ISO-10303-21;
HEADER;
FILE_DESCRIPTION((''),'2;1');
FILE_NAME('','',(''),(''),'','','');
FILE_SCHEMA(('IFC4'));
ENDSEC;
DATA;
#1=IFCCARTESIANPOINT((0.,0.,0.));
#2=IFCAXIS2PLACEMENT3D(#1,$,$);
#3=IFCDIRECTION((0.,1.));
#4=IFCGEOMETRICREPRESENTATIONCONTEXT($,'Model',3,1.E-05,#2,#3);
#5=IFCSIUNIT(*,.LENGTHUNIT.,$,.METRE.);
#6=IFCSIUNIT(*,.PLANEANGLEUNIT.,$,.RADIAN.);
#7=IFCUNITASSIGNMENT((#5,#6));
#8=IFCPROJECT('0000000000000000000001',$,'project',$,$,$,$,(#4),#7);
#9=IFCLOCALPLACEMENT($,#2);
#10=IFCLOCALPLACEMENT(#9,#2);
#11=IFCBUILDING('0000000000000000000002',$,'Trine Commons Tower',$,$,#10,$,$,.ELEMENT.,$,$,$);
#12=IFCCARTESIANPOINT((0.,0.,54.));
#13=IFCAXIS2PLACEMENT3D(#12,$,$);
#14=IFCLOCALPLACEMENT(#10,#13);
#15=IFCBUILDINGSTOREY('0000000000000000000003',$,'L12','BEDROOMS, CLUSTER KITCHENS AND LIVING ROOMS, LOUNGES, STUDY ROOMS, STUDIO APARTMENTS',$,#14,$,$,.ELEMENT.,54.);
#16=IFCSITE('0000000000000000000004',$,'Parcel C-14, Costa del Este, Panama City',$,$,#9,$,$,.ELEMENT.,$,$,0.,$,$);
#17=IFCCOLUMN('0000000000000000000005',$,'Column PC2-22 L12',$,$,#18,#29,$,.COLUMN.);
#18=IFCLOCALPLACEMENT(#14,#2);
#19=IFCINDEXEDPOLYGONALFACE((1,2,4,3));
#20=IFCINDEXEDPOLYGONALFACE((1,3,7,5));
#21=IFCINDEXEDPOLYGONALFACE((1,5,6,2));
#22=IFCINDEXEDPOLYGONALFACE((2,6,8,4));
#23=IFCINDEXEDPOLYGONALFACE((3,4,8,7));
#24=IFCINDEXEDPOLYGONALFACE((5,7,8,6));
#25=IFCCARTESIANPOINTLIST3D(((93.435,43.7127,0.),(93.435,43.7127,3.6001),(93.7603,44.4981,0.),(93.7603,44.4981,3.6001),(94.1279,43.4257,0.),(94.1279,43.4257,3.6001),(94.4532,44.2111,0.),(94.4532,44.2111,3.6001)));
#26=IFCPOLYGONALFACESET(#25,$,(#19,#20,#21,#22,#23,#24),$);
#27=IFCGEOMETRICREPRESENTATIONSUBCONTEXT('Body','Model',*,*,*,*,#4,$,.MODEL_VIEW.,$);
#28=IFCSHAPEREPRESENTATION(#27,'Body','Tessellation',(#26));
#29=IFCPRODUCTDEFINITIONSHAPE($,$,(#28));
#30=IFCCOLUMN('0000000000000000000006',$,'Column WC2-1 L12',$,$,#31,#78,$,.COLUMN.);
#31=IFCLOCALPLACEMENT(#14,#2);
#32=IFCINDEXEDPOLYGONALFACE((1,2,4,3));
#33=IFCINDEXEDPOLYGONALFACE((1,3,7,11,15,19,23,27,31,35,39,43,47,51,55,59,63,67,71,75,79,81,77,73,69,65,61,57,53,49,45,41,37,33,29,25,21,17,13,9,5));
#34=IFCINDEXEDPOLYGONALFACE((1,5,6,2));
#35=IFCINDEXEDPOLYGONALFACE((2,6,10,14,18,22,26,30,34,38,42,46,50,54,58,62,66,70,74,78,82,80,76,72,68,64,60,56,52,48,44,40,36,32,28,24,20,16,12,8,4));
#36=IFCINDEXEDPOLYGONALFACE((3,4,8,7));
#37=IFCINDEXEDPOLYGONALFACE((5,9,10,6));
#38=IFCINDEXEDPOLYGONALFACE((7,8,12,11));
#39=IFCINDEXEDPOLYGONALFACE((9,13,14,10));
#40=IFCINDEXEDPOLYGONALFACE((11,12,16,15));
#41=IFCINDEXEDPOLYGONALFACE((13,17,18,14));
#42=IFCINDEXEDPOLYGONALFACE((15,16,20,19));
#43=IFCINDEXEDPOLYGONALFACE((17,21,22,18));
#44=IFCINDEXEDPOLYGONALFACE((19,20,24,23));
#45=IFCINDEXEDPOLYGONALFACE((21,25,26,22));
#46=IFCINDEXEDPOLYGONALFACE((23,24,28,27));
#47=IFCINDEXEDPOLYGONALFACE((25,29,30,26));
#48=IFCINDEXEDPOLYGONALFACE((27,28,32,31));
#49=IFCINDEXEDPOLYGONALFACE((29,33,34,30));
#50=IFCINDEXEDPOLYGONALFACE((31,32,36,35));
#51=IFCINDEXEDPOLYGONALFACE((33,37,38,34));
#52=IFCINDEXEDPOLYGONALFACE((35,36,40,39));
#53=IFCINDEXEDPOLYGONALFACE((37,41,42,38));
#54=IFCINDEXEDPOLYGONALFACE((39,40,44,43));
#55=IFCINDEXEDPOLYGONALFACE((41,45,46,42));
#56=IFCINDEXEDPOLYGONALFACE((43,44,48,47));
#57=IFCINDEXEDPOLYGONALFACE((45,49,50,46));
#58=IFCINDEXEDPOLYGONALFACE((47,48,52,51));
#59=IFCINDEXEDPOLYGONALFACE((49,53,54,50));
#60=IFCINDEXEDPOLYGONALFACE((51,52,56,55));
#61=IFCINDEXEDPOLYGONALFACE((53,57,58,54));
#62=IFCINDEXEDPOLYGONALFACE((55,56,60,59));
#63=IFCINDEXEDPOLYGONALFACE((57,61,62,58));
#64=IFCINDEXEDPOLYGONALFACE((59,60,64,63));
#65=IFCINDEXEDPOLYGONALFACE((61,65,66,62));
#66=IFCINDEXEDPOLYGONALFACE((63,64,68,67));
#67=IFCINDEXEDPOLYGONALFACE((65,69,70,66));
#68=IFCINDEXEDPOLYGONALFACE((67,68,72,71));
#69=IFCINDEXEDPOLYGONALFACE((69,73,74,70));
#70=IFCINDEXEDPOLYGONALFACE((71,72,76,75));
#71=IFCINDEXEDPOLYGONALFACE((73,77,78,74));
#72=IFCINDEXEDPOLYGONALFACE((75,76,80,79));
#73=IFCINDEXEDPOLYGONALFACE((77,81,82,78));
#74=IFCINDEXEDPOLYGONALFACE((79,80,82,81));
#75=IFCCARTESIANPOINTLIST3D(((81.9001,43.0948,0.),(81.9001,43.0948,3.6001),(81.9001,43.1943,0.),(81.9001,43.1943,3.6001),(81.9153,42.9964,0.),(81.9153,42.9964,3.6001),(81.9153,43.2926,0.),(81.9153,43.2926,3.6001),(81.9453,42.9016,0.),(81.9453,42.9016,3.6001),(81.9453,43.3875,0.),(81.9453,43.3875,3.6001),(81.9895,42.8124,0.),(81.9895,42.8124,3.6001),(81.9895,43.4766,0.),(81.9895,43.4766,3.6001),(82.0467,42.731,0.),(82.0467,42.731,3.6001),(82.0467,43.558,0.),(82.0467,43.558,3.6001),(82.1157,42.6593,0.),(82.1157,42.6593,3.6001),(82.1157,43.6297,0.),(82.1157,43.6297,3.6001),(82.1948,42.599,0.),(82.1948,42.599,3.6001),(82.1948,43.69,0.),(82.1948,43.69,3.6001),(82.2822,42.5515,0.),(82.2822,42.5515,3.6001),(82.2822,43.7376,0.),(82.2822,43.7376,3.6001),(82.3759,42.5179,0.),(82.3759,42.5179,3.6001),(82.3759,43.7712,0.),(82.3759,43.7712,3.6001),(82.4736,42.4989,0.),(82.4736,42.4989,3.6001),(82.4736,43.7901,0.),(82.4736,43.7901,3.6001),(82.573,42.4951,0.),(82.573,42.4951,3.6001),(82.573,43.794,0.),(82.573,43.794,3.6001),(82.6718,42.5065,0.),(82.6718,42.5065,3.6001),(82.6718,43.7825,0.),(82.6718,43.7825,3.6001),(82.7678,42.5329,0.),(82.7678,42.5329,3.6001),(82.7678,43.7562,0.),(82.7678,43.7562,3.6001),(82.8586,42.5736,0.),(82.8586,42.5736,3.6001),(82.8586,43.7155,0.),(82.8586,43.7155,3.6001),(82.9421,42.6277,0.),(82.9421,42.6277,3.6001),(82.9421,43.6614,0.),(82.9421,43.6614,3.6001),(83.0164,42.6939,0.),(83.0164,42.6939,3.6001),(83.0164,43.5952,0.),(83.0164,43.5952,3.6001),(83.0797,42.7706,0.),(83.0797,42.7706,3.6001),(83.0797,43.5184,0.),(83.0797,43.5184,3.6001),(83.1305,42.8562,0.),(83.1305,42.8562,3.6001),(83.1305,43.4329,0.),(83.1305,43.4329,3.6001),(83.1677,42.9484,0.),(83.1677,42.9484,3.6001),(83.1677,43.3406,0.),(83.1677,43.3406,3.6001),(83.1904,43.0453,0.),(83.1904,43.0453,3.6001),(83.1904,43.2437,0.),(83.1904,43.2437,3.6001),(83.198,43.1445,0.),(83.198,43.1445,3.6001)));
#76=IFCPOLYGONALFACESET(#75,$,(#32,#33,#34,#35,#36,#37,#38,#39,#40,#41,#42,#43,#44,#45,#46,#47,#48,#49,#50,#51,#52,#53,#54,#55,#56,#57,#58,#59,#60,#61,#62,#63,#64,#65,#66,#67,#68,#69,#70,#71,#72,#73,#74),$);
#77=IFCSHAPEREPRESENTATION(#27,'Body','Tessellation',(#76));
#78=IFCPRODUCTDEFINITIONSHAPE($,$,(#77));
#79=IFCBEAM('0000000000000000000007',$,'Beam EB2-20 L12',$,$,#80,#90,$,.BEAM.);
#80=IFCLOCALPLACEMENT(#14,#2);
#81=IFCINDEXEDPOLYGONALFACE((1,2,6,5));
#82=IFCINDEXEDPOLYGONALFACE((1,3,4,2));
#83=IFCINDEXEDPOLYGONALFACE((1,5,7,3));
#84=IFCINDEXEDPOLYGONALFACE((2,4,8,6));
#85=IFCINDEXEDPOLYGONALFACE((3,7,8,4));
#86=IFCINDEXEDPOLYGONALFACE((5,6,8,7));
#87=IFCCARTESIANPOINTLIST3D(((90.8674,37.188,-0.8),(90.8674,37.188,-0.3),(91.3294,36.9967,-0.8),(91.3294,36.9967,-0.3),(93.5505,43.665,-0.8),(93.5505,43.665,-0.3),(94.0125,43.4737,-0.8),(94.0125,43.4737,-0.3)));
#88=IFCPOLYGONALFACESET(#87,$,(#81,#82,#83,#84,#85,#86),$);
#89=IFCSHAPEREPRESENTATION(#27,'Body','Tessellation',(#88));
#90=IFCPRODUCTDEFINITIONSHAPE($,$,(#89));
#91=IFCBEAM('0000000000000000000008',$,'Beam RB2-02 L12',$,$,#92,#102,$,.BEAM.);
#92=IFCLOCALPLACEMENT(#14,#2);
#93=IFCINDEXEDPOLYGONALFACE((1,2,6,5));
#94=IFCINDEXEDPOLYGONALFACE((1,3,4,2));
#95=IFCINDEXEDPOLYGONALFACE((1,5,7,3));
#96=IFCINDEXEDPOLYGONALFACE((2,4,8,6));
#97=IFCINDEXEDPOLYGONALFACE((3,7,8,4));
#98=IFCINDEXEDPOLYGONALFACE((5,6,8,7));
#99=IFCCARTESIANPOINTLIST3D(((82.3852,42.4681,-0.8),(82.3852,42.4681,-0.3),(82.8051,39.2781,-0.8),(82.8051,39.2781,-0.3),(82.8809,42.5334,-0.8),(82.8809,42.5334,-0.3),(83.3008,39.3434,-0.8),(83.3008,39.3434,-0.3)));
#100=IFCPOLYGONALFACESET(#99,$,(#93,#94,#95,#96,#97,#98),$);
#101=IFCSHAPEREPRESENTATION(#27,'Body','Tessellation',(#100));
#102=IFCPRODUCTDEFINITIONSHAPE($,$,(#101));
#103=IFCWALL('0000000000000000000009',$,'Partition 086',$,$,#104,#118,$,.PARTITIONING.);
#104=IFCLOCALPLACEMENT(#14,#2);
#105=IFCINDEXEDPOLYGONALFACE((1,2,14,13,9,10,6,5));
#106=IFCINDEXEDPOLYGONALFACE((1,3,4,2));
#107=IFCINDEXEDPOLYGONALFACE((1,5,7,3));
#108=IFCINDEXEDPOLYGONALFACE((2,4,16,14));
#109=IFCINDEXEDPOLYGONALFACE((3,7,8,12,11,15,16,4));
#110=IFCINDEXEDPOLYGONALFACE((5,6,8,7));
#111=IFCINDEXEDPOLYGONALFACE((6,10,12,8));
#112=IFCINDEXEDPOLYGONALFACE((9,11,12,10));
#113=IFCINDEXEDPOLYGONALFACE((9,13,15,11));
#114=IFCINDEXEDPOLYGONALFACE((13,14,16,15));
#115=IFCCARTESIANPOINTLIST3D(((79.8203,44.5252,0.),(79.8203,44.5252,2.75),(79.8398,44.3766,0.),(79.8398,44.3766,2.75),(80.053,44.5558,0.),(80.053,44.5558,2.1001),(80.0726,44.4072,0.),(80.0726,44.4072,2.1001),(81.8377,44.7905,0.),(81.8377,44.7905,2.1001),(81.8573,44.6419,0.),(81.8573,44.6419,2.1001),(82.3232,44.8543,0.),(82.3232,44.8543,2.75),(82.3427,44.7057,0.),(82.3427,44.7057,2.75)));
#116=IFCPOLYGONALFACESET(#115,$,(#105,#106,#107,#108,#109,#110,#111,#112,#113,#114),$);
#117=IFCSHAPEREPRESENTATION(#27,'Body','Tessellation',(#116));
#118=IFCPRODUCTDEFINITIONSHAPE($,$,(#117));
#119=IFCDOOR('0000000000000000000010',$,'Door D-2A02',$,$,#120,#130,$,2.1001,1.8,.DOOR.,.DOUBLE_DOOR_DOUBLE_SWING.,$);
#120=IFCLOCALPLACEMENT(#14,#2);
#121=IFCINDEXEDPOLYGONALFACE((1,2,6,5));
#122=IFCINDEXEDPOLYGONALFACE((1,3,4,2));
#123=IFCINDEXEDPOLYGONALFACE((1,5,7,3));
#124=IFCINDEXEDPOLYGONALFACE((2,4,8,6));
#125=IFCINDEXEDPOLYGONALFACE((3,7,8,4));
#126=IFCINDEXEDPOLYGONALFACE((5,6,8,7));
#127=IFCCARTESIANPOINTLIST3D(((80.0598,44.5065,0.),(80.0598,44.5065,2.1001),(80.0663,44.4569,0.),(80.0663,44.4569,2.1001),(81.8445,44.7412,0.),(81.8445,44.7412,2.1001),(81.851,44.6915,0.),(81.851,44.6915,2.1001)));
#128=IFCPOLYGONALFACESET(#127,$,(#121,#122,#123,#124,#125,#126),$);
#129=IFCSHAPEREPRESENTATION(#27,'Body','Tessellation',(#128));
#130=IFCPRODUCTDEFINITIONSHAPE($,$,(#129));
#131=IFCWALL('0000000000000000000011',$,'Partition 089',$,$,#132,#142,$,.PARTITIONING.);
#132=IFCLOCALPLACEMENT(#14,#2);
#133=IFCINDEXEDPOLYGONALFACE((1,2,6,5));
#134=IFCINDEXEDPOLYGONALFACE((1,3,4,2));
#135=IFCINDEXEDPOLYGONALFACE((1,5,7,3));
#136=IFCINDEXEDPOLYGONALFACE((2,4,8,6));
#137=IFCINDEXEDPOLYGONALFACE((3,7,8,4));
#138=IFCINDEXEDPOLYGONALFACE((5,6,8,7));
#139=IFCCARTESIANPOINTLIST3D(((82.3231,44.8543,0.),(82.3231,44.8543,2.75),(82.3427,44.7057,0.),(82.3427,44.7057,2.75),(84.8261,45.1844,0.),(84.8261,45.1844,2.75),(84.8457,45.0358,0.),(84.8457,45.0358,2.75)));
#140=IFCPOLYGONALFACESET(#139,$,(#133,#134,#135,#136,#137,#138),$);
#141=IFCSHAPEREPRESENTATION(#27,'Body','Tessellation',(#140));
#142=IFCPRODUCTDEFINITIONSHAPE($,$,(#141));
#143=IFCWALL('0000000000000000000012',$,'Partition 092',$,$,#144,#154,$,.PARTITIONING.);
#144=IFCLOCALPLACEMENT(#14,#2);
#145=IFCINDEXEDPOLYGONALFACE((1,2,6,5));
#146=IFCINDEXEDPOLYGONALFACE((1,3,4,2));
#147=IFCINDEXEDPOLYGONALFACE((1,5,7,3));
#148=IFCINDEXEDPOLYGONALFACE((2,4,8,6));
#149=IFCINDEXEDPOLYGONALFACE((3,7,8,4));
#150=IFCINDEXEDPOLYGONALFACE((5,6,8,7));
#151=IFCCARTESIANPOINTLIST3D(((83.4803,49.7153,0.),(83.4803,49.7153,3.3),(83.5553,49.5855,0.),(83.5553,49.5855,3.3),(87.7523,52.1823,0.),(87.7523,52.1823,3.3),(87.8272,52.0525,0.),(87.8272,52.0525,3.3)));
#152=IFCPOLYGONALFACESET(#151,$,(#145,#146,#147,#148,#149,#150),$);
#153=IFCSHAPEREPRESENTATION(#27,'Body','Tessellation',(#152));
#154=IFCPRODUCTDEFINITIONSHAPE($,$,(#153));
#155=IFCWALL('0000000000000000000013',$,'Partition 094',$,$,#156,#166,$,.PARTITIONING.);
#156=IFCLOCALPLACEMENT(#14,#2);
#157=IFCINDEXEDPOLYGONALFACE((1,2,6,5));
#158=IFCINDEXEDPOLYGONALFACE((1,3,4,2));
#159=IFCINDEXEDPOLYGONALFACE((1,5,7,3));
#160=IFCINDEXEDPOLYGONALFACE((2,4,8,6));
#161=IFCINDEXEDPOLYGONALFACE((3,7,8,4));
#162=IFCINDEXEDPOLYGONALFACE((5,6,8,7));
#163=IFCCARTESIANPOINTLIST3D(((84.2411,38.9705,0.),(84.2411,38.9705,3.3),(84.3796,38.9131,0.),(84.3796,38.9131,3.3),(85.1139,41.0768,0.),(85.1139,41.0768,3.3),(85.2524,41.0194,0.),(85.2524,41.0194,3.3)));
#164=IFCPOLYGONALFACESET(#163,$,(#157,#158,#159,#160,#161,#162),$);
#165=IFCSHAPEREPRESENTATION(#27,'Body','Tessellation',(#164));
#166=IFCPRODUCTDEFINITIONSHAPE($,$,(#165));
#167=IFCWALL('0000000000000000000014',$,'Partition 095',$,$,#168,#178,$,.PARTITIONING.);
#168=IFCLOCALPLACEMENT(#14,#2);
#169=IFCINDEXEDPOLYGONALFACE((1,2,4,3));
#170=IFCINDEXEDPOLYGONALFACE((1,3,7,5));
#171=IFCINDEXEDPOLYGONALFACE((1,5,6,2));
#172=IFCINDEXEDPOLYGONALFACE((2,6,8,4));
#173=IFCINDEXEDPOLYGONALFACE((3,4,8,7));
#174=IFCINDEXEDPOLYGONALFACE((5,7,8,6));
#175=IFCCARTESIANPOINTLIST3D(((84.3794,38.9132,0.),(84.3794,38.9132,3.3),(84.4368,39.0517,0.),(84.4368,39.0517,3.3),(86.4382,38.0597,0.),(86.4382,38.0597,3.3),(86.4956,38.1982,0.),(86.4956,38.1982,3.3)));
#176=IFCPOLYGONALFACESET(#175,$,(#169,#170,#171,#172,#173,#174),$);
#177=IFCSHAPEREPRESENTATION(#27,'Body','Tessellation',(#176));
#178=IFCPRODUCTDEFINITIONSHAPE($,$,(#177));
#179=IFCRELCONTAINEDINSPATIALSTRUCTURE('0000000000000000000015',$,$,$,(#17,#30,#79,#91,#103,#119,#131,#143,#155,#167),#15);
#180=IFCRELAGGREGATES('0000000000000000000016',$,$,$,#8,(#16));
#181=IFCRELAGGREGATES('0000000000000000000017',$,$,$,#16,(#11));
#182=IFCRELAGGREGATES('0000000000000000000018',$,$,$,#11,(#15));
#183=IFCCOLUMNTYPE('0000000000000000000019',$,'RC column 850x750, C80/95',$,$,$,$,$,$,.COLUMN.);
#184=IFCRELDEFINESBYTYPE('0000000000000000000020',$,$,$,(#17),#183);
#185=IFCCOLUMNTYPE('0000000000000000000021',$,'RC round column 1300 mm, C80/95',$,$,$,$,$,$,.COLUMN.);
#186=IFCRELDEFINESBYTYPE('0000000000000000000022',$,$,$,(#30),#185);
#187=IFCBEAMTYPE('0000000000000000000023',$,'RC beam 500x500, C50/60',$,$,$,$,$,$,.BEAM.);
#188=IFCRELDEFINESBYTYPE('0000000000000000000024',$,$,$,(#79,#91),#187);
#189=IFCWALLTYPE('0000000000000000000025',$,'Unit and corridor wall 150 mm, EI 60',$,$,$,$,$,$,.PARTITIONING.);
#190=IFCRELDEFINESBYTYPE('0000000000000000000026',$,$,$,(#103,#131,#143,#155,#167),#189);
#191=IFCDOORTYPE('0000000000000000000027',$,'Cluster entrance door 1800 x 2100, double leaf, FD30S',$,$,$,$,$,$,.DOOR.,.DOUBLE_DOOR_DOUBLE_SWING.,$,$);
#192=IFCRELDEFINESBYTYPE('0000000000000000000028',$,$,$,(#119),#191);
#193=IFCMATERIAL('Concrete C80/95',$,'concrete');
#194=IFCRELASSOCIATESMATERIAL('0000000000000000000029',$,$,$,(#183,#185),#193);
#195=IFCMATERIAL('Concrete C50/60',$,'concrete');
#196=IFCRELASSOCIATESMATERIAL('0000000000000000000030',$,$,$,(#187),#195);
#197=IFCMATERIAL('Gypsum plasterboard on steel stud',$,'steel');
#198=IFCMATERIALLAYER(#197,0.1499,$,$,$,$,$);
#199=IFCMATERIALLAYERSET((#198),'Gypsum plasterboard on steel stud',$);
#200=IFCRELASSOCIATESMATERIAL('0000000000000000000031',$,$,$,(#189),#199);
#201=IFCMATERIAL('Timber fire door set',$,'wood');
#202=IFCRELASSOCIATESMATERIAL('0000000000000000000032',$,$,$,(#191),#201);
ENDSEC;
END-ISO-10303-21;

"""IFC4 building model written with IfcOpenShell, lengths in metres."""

from ifc_helpers import new_model, si_unit, direction, frame, frame_2d, origin, origin_2d, place, context, subcontext, project, spatial, rectangle, circle, extrude, material, layer, layer_set, material_profile, profile_set, type_object, element, fill, save


model = new_model("IFC4")

# Units and contexts
model_context = context("Model", 3, precision=1e-05, world=origin(), true_north=direction((0.0, 1.0)))
body_context = subcontext(model_context, "Body", "Model", "MODEL_VIEW")
ifc_project = project(units=[si_unit("LENGTHUNIT", "METRE"), si_unit("PLANEANGLEUNIT", "RADIAN")], contexts=[model_context])

# Site, building, storey
site_placement = place(None, origin())
site = spatial("IfcSite", under=ifc_project, at=site_placement, Name="Parcel C-14, Costa del Este, Panama City", CompositionType="ELEMENT", RefElevation=0.0)
building_placement = place(site_placement, origin())
building = spatial("IfcBuilding", under=site, at=building_placement, Name="Trine Commons Tower", CompositionType="ELEMENT")
storey_placement = place(building_placement, frame((0.0, 0.0, 54.0)))
storey = spatial("IfcBuildingStorey", under=building, at=storey_placement, Name="L12", Description="BEDROOMS, CLUSTER KITCHENS AND LIVING ROOMS, LOUNGES, STUDY ROOMS, STUDIO APARTMENTS", CompositionType="ELEMENT", Elevation=54.0)

# Columns
ifc_material_1 = material(Name="Concrete C80/95", Category="concrete")
ifc_material_profile_1 = material_profile(ifc_material_1, rectangle(XDim=0.8501, YDim=0.75, at=origin_2d()), Name="RC 850x750")
ifc_profile_set_1 = profile_set([ifc_material_profile_1], Name="Concrete C80/95")
column_type_1 = type_object("IfcColumnType", Name="RC column 850x750, C80/95", PredefinedType="COLUMN", material=ifc_profile_set_1)
column_1_placement = place(storey_placement, frame((93.9441, 43.9619, 0.0), z_axis=(0.0, 0.0, 1.0), x_axis=(0.382683, 0.92388, 0.0)))
element("IfcColumn", 1, at=column_1_placement, inside=storey, type_object=column_type_1, Name="Column PC2-22 L12", PredefinedType="COLUMN", context=body_context, shape_type="SweptSolid", body=[
    extrude(rectangle(XDim=0.8501, YDim=0.75, at=origin_2d()), origin(), (0.0, 0.0, 1.0), 3.6001),
])
ifc_material_profile_2 = material_profile(ifc_material_1, circle(Radius=0.6499, at=origin_2d()), Name="RC round 1300")
ifc_profile_set_2 = profile_set([ifc_material_profile_2], Name="Concrete C80/95")
column_type_2 = type_object("IfcColumnType", Name="RC round column 1300 mm, C80/95", PredefinedType="COLUMN", material=ifc_profile_set_2)
column_2_placement = place(storey_placement, frame((82.5481, 43.1445, 0.0), z_axis=(0.0, 0.0, 1.0), x_axis=(1.0, 0.0, 0.0)))
element("IfcColumn", 2, at=column_2_placement, inside=storey, type_object=column_type_2, Name="Column WC2-1 L12", PredefinedType="COLUMN", context=body_context, shape_type="SweptSolid", body=[
    extrude(circle(Radius=0.6499, at=origin_2d()), origin(), (0.0, 0.0, 1.0), 3.6001),
])

# Beams
ifc_material_2 = material(Name="Concrete C50/60", Category="concrete")
ifc_material_profile_3 = material_profile(ifc_material_2, rectangle(XDim=0.5, YDim=0.5, at=origin_2d()), Name="RC 500x500")
ifc_profile_set_3 = profile_set([ifc_material_profile_3], Name="Concrete C50/60")
beam_type = type_object("IfcBeamType", Name="RC beam 500x500, C50/60", PredefinedType="BEAM", material=ifc_profile_set_3)
beam_1_placement = place(storey_placement, frame((93.7815, 43.5693, -0.55), z_axis=(-0.382711, -0.923868, 0.0), x_axis=(0.923868, -0.382711, 0.0)))
element("IfcBeam", 3, at=beam_1_placement, inside=storey, type_object=beam_type, Name="Beam EB2-20 L12", PredefinedType="BEAM", context=body_context, shape_type="SweptSolid", body=[
    extrude(rectangle(XDim=0.5, YDim=0.5, at=origin_2d()), origin(), (0.0, 0.0, 1.0), 7.0107),
])
beam_2_placement = place(storey_placement, frame((82.6331, 42.5007, -0.55), z_axis=(0.130513, -0.991447, 0.0), x_axis=(0.991447, 0.130513, 0.0)))
element("IfcBeam", 4, at=beam_2_placement, inside=storey, type_object=beam_type, Name="Beam RB2-02 L12", PredefinedType="BEAM", context=body_context, shape_type="SweptSolid", body=[
    extrude(rectangle(XDim=0.5, YDim=0.5, at=origin_2d()), origin(), (0.0, 0.0, 1.0), 3.2175),
])

# Wall, opening, door
ifc_material_3 = material(Name="Gypsum plasterboard on steel stud", Category="steel")
ifc_layer_1 = layer(ifc_material_3, 0.1499)
ifc_layer_set_1 = layer_set([ifc_layer_1], Name="Gypsum plasterboard on steel stud")
wall_type_1 = type_object("IfcWallType", Name="Unit and corridor wall 150 mm, EI 60", PredefinedType="PARTITIONING", material=ifc_layer_set_1)
wall_1_placement = place(storey_placement, frame((79.8301, 44.4509, 0.0), z_axis=(0.0, 0.0, 1.0), x_axis=(0.991466, 0.130364, 0.0)))
wall_1 = element("IfcWall", 5, at=wall_1_placement, inside=storey, type_object=wall_type_1, Name="Partition 086", PredefinedType="PARTITIONING", context=body_context, shape_type="SweptSolid", body=[
    extrude(rectangle(XDim=2.5244, YDim=0.1499, at=frame_2d((1.2622, 0.0))), origin(), (0.0, 0.0, 1.0), 2.75),
])
opening_1_placement = place(wall_1_placement, frame((0.2349, 0.0, 0.0)))
opening_1 = element("IfcOpeningElement", 6, at=opening_1_placement, cuts=wall_1, PredefinedType="OPENING", context=body_context, shape_type="SweptSolid", body=[
    extrude(rectangle(XDim=1.8, YDim=2.1001, at=frame_2d((0.8999, 1.05))), frame((0.0, 0.085, 0.0), z_axis=(0.0, -1.0, 0.0), x_axis=(1.0, 0.0, 0.0)), (0.0, 0.0, 1.0), 0.1699),
])
ifc_material_4 = material(Name="Timber fire door set", Category="wood")
door_type_1 = type_object("IfcDoorType", Name="Cluster entrance door 1800 x 2100, double leaf, FD30S", OperationType="DOUBLE_DOOR_DOUBLE_SWING", PredefinedType="DOOR", material=ifc_material_4)
door_1_placement = place(opening_1_placement, frame((1.8, 0.0, 0.0), z_axis=(0.0, 0.0, 1.0), x_axis=(-1.0, 0.0, 0.0)))
door_1 = element("IfcDoor", 7, at=door_1_placement, inside=storey, type_object=door_type_1, Name="Door D-2A02", OperationType="DOUBLE_DOOR_DOUBLE_SWING", OverallHeight=2.1001, OverallWidth=1.8, PredefinedType="DOOR", context=body_context, shape_type="SweptSolid", body=[
    extrude(rectangle(XDim=1.8, YDim=2.1001, at=frame_2d((0.8999, 1.05))), frame((0.0, 0.0249, 0.0), z_axis=(0.0, -1.0, 0.0), x_axis=(1.0, 0.0, 0.0)), (0.0, 0.0, 1.0), 0.05),
])
fill(opening_1, door_1)

# Walls
wall_2_placement = place(storey_placement, frame((82.333, 44.78, 0.0), z_axis=(0.0, 0.0, 1.0), x_axis=(0.991416, 0.130745, 0.0)))
element("IfcWall", 8, at=wall_2_placement, inside=storey, type_object=wall_type_1, Name="Partition 089", PredefinedType="PARTITIONING", context=body_context, shape_type="SweptSolid", body=[
    extrude(rectangle(XDim=2.5247, YDim=0.1499, at=frame_2d((1.2622, 0.0))), origin(), (0.0, 0.0, 1.0), 2.75),
])
wall_3_placement = place(storey_placement, frame((83.5178, 49.6504, 0.0), z_axis=(0.0, 0.0, 1.0), x_axis=(0.865971, 0.500094, 0.0)))
element("IfcWall", 9, at=wall_3_placement, inside=storey, type_object=wall_type_1, Name="Partition 092", PredefinedType="PARTITIONING", context=body_context, shape_type="SweptSolid", body=[
    extrude(rectangle(XDim=4.9331, YDim=0.1499, at=frame_2d((2.4666, 0.0))), origin(), (0.0, 0.0, 1.0), 3.3),
])
wall_4_placement = place(storey_placement, frame((84.3103, 38.9417, 0.0), z_axis=(0.0, 0.0, 1.0), x_axis=(0.38279, 0.923835, 0.0)))
element("IfcWall", 10, at=wall_4_placement, inside=storey, type_object=wall_type_1, Name="Partition 094", PredefinedType="PARTITIONING", context=body_context, shape_type="SweptSolid", body=[
    extrude(rectangle(XDim=2.28, YDim=0.1499, at=frame_2d((1.1401, 0.0))), origin(), (0.0, 0.0, 1.0), 3.3),
])
wall_5_placement = place(storey_placement, frame((84.4082, 38.9824, 0.0), z_axis=(0.0, 0.0, 1.0), x_axis=(0.923766, -0.382958, 0.0)))
element("IfcWall", 11, at=wall_5_placement, inside=storey, type_object=wall_type_1, Name="Partition 095", PredefinedType="PARTITIONING", context=body_context, shape_type="SweptSolid", body=[
    extrude(rectangle(XDim=2.2288, YDim=0.1499, at=frame_2d((1.1143, 0.0))), origin(), (0.0, 0.0, 1.0), 3.3),
])

save(model, "model.ifc")
